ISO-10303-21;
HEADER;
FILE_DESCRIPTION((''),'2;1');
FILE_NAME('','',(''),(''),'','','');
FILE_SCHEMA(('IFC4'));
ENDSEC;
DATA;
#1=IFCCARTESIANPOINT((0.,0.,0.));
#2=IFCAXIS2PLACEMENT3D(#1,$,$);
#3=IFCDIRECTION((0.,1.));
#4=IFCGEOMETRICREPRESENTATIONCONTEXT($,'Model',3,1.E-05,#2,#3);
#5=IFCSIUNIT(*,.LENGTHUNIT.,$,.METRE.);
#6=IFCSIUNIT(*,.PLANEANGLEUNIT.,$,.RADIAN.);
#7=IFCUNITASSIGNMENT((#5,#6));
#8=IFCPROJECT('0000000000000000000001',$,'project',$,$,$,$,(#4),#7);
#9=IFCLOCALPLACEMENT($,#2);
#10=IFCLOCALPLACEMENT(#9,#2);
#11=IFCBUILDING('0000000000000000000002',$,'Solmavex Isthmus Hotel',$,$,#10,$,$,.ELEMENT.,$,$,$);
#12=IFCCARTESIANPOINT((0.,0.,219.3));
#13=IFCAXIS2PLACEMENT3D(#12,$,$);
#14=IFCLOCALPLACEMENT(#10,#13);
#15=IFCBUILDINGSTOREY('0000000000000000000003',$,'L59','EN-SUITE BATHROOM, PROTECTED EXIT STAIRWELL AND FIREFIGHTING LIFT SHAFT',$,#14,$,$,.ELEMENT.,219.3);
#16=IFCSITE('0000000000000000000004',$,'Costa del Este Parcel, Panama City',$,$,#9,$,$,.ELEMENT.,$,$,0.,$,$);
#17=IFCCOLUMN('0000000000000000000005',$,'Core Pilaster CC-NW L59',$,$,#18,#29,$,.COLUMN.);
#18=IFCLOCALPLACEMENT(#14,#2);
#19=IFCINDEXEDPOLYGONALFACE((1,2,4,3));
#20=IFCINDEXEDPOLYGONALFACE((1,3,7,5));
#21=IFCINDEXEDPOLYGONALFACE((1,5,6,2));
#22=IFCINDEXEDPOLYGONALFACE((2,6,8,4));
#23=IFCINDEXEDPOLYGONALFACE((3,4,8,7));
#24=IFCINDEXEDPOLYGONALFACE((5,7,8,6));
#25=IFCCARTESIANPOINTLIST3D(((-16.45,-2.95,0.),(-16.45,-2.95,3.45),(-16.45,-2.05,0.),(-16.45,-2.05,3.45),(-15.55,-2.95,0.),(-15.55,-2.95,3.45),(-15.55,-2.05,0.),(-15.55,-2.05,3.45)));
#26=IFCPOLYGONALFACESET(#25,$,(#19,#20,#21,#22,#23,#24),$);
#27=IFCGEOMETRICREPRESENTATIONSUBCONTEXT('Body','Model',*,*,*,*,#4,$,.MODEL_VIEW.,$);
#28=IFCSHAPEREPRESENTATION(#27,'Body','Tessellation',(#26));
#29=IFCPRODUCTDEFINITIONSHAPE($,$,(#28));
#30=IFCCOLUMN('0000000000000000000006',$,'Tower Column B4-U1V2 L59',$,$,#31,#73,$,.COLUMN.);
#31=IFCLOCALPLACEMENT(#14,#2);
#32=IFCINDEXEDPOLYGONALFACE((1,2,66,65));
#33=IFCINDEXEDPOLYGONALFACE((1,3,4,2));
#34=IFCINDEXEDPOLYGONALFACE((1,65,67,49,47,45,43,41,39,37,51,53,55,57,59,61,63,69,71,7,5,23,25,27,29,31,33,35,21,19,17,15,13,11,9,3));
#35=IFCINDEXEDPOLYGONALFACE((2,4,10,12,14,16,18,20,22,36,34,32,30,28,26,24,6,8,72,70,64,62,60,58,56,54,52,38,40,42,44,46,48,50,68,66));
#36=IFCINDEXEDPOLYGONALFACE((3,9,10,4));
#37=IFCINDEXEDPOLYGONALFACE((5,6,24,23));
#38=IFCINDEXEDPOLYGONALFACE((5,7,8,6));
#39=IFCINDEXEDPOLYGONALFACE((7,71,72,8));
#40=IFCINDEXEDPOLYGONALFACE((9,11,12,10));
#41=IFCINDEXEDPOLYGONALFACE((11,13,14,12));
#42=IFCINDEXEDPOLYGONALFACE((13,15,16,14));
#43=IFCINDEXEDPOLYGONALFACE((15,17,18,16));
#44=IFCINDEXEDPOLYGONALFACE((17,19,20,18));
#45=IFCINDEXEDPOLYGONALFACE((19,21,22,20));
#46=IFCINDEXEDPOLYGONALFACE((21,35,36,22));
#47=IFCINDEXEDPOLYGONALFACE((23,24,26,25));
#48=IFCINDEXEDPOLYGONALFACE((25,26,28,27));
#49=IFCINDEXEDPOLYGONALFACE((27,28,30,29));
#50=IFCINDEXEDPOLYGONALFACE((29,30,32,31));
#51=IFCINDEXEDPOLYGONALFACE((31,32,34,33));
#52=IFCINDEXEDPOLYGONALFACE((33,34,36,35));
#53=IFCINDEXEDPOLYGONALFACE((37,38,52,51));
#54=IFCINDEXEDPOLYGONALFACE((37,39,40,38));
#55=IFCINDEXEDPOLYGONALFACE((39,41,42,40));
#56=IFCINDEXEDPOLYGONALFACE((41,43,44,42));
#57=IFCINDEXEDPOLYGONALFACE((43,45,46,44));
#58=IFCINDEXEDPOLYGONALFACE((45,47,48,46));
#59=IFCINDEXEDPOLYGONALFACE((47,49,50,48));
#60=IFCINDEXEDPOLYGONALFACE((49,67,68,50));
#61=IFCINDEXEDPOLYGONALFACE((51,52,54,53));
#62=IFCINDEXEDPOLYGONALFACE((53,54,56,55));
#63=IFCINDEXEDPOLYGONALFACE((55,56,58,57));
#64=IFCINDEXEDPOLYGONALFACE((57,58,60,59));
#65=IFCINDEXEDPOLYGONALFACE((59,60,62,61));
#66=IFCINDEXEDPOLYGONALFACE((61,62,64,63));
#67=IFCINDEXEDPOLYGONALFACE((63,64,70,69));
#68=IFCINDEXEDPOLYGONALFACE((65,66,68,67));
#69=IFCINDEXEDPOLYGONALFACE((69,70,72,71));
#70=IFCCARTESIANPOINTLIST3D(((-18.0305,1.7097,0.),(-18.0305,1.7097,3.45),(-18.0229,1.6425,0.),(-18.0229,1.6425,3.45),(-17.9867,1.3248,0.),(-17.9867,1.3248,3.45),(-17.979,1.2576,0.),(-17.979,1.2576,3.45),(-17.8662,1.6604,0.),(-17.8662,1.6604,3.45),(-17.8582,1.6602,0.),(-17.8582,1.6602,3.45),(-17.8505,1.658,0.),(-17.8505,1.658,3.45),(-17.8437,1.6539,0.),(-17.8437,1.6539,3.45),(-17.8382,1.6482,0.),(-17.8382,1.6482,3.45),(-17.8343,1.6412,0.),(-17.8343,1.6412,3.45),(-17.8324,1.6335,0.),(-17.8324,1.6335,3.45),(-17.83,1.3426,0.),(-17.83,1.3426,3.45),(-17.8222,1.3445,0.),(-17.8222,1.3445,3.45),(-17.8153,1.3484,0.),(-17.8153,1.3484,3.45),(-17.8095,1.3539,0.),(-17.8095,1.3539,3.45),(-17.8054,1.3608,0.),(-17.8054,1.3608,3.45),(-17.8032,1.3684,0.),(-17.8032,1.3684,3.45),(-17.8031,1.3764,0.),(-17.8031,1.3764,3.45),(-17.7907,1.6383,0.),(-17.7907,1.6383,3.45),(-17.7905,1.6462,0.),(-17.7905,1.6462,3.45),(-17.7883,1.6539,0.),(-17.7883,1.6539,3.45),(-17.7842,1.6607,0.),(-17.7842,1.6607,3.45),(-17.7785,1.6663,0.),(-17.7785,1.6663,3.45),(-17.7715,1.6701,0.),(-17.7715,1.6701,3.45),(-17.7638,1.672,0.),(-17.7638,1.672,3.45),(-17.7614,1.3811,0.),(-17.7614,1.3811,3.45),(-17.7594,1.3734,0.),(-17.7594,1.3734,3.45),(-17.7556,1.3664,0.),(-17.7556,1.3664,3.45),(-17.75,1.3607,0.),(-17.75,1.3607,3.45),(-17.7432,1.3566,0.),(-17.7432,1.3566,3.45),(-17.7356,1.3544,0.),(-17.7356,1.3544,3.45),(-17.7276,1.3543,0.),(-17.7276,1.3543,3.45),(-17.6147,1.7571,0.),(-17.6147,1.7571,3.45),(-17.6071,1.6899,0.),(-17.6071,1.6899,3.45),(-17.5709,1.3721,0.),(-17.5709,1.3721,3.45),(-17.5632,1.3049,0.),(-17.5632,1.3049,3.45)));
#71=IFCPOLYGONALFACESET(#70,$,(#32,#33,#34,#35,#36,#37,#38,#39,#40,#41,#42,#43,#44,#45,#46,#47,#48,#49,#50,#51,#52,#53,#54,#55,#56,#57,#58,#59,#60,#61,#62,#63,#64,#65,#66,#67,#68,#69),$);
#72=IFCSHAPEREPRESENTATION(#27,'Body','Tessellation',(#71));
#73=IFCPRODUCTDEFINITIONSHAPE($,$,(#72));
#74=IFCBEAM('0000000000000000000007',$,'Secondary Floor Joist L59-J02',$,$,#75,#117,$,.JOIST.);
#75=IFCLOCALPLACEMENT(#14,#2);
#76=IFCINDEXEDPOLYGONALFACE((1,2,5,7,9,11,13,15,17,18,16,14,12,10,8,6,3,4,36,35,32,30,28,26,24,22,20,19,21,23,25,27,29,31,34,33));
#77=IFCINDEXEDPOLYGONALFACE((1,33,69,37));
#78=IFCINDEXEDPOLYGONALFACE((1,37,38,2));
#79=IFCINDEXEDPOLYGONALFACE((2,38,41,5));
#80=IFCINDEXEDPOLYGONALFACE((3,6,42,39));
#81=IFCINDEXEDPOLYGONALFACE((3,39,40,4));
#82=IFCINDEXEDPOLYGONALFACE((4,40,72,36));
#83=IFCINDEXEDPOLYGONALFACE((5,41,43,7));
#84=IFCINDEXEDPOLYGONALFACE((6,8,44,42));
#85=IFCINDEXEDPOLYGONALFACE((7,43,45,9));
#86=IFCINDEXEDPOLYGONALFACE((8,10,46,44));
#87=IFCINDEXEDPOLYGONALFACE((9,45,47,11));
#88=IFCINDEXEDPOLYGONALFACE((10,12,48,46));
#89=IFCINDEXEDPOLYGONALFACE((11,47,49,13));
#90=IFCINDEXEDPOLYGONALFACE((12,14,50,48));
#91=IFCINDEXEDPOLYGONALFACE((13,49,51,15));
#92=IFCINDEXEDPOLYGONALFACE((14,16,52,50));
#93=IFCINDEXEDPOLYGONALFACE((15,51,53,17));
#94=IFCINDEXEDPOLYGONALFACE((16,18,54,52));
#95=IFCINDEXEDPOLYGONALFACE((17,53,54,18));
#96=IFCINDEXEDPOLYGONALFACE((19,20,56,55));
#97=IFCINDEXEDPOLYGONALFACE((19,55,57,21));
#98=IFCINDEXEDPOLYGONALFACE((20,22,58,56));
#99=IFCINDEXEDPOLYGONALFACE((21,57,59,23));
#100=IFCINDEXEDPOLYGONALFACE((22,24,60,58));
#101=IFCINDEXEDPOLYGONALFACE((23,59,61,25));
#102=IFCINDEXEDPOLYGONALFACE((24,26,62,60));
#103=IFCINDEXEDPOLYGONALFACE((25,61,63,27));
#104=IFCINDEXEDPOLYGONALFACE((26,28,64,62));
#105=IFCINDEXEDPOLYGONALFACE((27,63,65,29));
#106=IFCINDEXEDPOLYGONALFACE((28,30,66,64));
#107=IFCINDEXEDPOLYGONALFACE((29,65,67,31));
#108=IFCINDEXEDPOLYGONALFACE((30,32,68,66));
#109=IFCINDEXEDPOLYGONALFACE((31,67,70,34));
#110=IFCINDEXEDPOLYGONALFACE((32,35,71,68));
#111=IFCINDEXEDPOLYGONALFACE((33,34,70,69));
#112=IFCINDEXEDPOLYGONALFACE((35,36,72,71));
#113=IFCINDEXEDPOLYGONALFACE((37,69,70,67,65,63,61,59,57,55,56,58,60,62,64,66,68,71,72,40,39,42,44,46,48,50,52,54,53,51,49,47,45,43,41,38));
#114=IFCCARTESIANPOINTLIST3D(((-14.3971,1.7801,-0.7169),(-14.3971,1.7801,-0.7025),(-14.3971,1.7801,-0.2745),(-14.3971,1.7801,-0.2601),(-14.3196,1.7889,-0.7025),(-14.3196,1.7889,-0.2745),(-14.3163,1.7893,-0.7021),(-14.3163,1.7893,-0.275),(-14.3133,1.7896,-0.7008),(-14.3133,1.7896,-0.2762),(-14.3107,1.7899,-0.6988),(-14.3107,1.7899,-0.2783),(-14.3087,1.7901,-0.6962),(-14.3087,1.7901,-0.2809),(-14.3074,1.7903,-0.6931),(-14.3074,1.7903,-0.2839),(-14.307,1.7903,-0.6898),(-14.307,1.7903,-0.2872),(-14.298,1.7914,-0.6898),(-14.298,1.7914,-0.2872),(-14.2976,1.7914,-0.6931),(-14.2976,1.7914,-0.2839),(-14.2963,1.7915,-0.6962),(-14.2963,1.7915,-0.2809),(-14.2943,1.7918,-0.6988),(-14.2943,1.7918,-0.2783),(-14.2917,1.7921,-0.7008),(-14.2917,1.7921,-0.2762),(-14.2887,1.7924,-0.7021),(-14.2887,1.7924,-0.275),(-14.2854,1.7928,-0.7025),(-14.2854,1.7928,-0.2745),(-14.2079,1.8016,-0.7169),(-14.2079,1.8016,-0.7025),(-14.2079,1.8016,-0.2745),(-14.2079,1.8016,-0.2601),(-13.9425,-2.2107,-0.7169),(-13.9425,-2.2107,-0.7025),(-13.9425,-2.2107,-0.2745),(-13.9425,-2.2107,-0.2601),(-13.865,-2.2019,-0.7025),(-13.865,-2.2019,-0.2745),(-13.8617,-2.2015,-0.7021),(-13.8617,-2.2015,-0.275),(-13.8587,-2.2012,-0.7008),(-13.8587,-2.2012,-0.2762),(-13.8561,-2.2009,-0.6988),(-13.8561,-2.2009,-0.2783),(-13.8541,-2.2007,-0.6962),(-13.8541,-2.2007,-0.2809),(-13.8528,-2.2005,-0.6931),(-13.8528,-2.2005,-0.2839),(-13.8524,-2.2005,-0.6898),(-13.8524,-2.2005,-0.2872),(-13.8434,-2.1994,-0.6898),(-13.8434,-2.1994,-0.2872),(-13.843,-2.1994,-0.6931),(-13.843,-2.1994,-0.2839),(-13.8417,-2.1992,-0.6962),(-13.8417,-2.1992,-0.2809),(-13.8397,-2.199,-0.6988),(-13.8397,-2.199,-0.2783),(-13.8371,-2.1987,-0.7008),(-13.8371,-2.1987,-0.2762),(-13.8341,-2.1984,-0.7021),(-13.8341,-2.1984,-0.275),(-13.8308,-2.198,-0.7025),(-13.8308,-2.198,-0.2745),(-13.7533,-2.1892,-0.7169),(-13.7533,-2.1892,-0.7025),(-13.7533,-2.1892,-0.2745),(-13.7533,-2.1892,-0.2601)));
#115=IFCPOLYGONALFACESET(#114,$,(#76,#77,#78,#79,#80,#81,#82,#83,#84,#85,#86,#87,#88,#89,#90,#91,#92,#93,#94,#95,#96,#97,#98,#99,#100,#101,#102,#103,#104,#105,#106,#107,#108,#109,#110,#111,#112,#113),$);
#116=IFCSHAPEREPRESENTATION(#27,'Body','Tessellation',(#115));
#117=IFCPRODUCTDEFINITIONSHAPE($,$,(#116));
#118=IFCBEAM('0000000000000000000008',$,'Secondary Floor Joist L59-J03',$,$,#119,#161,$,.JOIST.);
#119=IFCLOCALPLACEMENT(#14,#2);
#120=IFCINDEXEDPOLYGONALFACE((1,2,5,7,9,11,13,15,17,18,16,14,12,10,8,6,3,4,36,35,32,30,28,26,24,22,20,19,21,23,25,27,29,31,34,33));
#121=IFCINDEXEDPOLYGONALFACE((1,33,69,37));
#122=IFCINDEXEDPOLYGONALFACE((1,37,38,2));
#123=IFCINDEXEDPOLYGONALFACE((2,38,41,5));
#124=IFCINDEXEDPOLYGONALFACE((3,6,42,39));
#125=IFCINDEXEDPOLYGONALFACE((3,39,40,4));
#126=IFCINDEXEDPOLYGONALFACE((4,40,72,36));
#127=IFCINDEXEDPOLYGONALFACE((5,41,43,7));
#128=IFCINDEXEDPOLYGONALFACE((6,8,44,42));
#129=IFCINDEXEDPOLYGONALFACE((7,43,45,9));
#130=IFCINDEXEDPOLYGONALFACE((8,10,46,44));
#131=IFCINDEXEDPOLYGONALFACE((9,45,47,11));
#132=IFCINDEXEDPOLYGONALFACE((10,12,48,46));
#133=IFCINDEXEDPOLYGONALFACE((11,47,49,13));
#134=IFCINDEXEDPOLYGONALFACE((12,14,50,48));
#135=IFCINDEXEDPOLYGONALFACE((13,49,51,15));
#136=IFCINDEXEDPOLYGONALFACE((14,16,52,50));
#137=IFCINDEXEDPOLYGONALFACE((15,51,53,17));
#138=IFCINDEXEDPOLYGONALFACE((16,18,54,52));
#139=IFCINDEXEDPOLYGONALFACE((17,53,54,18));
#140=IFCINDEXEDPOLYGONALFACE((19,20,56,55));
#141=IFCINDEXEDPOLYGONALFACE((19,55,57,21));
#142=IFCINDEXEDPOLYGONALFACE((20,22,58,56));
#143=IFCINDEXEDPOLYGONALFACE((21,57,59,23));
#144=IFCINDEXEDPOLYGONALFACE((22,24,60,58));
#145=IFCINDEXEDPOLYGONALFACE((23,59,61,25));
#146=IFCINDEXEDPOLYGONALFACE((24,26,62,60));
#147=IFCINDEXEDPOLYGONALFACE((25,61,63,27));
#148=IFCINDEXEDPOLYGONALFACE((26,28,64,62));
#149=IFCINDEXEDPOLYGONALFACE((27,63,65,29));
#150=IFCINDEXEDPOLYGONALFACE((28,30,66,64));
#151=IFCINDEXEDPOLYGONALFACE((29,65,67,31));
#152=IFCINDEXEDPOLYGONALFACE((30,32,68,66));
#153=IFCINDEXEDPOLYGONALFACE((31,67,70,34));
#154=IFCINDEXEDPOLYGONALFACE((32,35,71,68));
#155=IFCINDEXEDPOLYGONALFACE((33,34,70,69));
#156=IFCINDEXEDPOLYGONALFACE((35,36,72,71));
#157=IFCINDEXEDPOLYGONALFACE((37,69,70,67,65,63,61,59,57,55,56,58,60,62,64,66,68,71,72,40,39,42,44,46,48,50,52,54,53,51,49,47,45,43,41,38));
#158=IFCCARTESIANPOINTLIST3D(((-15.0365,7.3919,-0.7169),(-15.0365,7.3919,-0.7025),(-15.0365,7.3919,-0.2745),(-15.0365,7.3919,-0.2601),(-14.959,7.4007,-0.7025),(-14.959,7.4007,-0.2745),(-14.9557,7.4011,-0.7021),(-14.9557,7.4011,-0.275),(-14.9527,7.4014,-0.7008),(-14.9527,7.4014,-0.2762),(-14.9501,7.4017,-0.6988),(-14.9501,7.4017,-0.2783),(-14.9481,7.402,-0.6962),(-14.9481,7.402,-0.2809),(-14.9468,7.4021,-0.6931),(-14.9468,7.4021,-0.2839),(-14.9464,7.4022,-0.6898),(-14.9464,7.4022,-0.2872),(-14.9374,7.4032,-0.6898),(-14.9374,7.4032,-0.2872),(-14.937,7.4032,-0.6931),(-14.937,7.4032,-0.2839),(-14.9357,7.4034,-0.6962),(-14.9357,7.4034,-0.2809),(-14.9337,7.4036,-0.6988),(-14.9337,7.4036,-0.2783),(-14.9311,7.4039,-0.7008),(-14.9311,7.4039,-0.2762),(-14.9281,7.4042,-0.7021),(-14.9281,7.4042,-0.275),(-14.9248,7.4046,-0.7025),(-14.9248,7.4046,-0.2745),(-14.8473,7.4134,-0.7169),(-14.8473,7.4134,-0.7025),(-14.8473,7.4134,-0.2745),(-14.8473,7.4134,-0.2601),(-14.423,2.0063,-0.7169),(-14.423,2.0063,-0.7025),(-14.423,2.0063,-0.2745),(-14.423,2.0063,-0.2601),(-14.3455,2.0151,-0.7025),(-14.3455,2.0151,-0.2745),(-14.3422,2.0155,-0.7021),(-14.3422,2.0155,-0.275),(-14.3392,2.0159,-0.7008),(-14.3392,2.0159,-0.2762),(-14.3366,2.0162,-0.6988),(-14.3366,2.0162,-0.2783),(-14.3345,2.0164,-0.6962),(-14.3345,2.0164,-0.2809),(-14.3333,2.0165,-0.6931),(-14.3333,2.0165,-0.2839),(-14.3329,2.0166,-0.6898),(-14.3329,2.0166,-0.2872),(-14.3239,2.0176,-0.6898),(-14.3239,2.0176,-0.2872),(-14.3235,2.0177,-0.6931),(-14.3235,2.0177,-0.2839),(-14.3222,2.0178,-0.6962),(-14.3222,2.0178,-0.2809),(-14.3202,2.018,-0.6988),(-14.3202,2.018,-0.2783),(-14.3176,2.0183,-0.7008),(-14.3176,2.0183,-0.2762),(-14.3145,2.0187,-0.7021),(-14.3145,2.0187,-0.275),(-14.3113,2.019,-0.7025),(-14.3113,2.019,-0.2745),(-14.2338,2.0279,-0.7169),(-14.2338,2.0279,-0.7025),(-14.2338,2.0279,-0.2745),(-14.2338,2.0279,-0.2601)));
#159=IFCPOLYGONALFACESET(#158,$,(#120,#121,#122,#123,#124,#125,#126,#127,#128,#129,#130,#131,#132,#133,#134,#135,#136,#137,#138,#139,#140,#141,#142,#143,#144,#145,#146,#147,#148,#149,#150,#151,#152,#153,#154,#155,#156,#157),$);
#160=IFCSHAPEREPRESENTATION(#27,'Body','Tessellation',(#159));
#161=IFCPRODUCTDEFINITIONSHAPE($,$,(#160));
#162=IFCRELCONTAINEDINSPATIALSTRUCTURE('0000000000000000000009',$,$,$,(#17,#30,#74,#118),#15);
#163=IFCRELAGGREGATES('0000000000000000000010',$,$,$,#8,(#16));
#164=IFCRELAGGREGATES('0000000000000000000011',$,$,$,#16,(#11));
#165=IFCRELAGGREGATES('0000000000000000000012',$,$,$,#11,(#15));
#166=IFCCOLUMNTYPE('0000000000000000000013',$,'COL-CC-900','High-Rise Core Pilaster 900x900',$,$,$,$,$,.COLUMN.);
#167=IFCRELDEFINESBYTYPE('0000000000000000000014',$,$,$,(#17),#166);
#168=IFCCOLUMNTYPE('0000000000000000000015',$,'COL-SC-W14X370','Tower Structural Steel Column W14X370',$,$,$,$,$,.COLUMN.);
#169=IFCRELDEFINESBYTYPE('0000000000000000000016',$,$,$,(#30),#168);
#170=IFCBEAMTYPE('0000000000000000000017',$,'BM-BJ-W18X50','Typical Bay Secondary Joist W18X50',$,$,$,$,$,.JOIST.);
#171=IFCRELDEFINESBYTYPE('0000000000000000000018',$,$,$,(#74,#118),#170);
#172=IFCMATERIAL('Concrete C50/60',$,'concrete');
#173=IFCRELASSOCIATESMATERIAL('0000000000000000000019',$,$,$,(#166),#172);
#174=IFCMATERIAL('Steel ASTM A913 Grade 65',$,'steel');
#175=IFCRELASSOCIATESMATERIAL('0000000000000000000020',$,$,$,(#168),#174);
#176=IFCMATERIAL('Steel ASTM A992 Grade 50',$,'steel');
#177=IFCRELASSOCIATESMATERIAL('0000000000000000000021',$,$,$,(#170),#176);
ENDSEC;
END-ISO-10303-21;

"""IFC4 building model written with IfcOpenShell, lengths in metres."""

from ifc_helpers import new_model, si_unit, direction, frame, origin, origin_2d, place, context, subcontext, project, spatial, rectangle, i_section, extrude, material, material_profile, profile_set, type_object, element, save


model = new_model("IFC4")

# Units and contexts
model_context = context("Model", 3, precision=1e-05, world=origin(), true_north=direction((0.0, 1.0)))
body_context = subcontext(model_context, "Body", "Model", "MODEL_VIEW")
ifc_project = project(units=[si_unit("LENGTHUNIT", "METRE"), si_unit("PLANEANGLEUNIT", "RADIAN")], contexts=[model_context])

# Site, building, storey
site_placement = place(None, origin())
site = spatial("IfcSite", under=ifc_project, at=site_placement, Name="Costa del Este Parcel, Panama City", CompositionType="ELEMENT", RefElevation=0.0)
building_placement = place(site_placement, origin())
building = spatial("IfcBuilding", under=site, at=building_placement, Name="Solmavex Isthmus Hotel", CompositionType="ELEMENT")
storey_placement = place(building_placement, frame((0.0, 0.0, 219.3)))
storey = spatial("IfcBuildingStorey", under=building, at=storey_placement, Name="L59", Description="EN-SUITE BATHROOM, PROTECTED EXIT STAIRWELL AND FIREFIGHTING LIFT SHAFT", CompositionType="ELEMENT", Elevation=219.3)

# Columns
ifc_material_1 = material(Name="Concrete C50/60", Category="concrete")
ifc_material_profile_1 = material_profile(ifc_material_1, rectangle(XDim=0.8999, YDim=0.8999, at=origin_2d()), Name="RC900X900")
ifc_profile_set_1 = profile_set([ifc_material_profile_1], Name="Concrete C50/60")
column_type_1 = type_object("IfcColumnType", Name="COL-CC-900", Description="High-Rise Core Pilaster 900x900", PredefinedType="COLUMN", material=ifc_profile_set_1)
column_1_placement = place(storey_placement, frame((-16.0, -2.5, 0.0), z_axis=(0.0, 0.0, 1.0), x_axis=(1.0, 0.0, 0.0)))
element("IfcColumn", 1, at=column_1_placement, inside=storey, type_object=column_type_1, Name="Core Pilaster CC-NW L59", PredefinedType="COLUMN", context=body_context, shape_type="SweptSolid", body=[
    extrude(rectangle(XDim=0.8999, YDim=0.8999, at=origin_2d()), origin(), (0.0, 0.0, 1.0), 3.45),
])
ifc_material_2 = material(Name="Steel ASTM A913 Grade 65", Category="steel")
ifc_material_profile_2 = material_profile(ifc_material_2, i_section(OverallWidth=0.4185, OverallDepth=0.4551, WebThickness=0.042, FlangeThickness=0.0676, FilletRadius=0.0305, at=origin_2d()), Name="W14X370")
ifc_profile_set_2 = profile_set([ifc_material_profile_2], Name="Steel ASTM A913 Grade 65")
column_type_2 = type_object("IfcColumnType", Name="COL-SC-W14X370", Description="Tower Structural Steel Column W14X370", PredefinedType="COLUMN", material=ifc_profile_set_2)
column_2_placement = place(storey_placement, frame((-17.7969, 1.5073, 0.0), z_axis=(0.0, 0.0, 1.0), x_axis=(0.993572, 0.113203, 0.0)))
element("IfcColumn", 2, at=column_2_placement, inside=storey, type_object=column_type_2, Name="Tower Column B4-U1V2 L59", PredefinedType="COLUMN", context=body_context, shape_type="SweptSolid", body=[
    extrude(i_section(OverallWidth=0.4185, OverallDepth=0.4551, WebThickness=0.042, FlangeThickness=0.0676, FilletRadius=0.0305, at=origin_2d()), origin(), (0.0, 0.0, 1.0), 3.45),
])

# Beams
ifc_material_3 = material(Name="Steel ASTM A992 Grade 50", Category="steel")
ifc_material_profile_3 = material_profile(ifc_material_3, i_section(OverallWidth=0.1904, OverallDepth=0.4568, WebThickness=0.009, FlangeThickness=0.0144, FilletRadius=0.0127, at=origin_2d()), Name="W18X50")
ifc_profile_set_3 = profile_set([ifc_material_profile_3], Name="Steel ASTM A992 Grade 50")
beam_type_1 = type_object("IfcBeamType", Name="BM-BJ-W18X50", Description="Typical Bay Secondary Joist W18X50", PredefinedType="JOIST", material=ifc_profile_set_3)
beam_1_placement = place(storey_placement, frame((-13.8479, -2.2, -0.4885), z_axis=(-0.11318, 0.993575, 0.0), x_axis=(-0.993575, -0.11318, 0.0)))
element("IfcBeam", 3, at=beam_1_placement, inside=storey, type_object=beam_type_1, Name="Secondary Floor Joist L59-J02", PredefinedType="JOIST", context=body_context, shape_type="SweptSolid", body=[
    extrude(i_section(OverallWidth=0.1904, OverallDepth=0.4568, WebThickness=0.009, FlangeThickness=0.0144, FilletRadius=0.0127, at=origin_2d()), origin(), (0.0, 0.0, 1.0), 4.0166),
])
beam_2_placement = place(storey_placement, frame((-14.3284, 2.0171, -0.4885), z_axis=(-0.11319, 0.993573, 0.0), x_axis=(-0.993573, -0.11319, 0.0)))
element("IfcBeam", 4, at=beam_2_placement, inside=storey, type_object=beam_type_1, Name="Secondary Floor Joist L59-J03", PredefinedType="JOIST", context=body_context, shape_type="SweptSolid", body=[
    extrude(i_section(OverallWidth=0.1904, OverallDepth=0.4568, WebThickness=0.009, FlangeThickness=0.0144, FilletRadius=0.0127, at=origin_2d()), origin(), (0.0, 0.0, 1.0), 5.4204),
])

save(model, "model.ifc")
